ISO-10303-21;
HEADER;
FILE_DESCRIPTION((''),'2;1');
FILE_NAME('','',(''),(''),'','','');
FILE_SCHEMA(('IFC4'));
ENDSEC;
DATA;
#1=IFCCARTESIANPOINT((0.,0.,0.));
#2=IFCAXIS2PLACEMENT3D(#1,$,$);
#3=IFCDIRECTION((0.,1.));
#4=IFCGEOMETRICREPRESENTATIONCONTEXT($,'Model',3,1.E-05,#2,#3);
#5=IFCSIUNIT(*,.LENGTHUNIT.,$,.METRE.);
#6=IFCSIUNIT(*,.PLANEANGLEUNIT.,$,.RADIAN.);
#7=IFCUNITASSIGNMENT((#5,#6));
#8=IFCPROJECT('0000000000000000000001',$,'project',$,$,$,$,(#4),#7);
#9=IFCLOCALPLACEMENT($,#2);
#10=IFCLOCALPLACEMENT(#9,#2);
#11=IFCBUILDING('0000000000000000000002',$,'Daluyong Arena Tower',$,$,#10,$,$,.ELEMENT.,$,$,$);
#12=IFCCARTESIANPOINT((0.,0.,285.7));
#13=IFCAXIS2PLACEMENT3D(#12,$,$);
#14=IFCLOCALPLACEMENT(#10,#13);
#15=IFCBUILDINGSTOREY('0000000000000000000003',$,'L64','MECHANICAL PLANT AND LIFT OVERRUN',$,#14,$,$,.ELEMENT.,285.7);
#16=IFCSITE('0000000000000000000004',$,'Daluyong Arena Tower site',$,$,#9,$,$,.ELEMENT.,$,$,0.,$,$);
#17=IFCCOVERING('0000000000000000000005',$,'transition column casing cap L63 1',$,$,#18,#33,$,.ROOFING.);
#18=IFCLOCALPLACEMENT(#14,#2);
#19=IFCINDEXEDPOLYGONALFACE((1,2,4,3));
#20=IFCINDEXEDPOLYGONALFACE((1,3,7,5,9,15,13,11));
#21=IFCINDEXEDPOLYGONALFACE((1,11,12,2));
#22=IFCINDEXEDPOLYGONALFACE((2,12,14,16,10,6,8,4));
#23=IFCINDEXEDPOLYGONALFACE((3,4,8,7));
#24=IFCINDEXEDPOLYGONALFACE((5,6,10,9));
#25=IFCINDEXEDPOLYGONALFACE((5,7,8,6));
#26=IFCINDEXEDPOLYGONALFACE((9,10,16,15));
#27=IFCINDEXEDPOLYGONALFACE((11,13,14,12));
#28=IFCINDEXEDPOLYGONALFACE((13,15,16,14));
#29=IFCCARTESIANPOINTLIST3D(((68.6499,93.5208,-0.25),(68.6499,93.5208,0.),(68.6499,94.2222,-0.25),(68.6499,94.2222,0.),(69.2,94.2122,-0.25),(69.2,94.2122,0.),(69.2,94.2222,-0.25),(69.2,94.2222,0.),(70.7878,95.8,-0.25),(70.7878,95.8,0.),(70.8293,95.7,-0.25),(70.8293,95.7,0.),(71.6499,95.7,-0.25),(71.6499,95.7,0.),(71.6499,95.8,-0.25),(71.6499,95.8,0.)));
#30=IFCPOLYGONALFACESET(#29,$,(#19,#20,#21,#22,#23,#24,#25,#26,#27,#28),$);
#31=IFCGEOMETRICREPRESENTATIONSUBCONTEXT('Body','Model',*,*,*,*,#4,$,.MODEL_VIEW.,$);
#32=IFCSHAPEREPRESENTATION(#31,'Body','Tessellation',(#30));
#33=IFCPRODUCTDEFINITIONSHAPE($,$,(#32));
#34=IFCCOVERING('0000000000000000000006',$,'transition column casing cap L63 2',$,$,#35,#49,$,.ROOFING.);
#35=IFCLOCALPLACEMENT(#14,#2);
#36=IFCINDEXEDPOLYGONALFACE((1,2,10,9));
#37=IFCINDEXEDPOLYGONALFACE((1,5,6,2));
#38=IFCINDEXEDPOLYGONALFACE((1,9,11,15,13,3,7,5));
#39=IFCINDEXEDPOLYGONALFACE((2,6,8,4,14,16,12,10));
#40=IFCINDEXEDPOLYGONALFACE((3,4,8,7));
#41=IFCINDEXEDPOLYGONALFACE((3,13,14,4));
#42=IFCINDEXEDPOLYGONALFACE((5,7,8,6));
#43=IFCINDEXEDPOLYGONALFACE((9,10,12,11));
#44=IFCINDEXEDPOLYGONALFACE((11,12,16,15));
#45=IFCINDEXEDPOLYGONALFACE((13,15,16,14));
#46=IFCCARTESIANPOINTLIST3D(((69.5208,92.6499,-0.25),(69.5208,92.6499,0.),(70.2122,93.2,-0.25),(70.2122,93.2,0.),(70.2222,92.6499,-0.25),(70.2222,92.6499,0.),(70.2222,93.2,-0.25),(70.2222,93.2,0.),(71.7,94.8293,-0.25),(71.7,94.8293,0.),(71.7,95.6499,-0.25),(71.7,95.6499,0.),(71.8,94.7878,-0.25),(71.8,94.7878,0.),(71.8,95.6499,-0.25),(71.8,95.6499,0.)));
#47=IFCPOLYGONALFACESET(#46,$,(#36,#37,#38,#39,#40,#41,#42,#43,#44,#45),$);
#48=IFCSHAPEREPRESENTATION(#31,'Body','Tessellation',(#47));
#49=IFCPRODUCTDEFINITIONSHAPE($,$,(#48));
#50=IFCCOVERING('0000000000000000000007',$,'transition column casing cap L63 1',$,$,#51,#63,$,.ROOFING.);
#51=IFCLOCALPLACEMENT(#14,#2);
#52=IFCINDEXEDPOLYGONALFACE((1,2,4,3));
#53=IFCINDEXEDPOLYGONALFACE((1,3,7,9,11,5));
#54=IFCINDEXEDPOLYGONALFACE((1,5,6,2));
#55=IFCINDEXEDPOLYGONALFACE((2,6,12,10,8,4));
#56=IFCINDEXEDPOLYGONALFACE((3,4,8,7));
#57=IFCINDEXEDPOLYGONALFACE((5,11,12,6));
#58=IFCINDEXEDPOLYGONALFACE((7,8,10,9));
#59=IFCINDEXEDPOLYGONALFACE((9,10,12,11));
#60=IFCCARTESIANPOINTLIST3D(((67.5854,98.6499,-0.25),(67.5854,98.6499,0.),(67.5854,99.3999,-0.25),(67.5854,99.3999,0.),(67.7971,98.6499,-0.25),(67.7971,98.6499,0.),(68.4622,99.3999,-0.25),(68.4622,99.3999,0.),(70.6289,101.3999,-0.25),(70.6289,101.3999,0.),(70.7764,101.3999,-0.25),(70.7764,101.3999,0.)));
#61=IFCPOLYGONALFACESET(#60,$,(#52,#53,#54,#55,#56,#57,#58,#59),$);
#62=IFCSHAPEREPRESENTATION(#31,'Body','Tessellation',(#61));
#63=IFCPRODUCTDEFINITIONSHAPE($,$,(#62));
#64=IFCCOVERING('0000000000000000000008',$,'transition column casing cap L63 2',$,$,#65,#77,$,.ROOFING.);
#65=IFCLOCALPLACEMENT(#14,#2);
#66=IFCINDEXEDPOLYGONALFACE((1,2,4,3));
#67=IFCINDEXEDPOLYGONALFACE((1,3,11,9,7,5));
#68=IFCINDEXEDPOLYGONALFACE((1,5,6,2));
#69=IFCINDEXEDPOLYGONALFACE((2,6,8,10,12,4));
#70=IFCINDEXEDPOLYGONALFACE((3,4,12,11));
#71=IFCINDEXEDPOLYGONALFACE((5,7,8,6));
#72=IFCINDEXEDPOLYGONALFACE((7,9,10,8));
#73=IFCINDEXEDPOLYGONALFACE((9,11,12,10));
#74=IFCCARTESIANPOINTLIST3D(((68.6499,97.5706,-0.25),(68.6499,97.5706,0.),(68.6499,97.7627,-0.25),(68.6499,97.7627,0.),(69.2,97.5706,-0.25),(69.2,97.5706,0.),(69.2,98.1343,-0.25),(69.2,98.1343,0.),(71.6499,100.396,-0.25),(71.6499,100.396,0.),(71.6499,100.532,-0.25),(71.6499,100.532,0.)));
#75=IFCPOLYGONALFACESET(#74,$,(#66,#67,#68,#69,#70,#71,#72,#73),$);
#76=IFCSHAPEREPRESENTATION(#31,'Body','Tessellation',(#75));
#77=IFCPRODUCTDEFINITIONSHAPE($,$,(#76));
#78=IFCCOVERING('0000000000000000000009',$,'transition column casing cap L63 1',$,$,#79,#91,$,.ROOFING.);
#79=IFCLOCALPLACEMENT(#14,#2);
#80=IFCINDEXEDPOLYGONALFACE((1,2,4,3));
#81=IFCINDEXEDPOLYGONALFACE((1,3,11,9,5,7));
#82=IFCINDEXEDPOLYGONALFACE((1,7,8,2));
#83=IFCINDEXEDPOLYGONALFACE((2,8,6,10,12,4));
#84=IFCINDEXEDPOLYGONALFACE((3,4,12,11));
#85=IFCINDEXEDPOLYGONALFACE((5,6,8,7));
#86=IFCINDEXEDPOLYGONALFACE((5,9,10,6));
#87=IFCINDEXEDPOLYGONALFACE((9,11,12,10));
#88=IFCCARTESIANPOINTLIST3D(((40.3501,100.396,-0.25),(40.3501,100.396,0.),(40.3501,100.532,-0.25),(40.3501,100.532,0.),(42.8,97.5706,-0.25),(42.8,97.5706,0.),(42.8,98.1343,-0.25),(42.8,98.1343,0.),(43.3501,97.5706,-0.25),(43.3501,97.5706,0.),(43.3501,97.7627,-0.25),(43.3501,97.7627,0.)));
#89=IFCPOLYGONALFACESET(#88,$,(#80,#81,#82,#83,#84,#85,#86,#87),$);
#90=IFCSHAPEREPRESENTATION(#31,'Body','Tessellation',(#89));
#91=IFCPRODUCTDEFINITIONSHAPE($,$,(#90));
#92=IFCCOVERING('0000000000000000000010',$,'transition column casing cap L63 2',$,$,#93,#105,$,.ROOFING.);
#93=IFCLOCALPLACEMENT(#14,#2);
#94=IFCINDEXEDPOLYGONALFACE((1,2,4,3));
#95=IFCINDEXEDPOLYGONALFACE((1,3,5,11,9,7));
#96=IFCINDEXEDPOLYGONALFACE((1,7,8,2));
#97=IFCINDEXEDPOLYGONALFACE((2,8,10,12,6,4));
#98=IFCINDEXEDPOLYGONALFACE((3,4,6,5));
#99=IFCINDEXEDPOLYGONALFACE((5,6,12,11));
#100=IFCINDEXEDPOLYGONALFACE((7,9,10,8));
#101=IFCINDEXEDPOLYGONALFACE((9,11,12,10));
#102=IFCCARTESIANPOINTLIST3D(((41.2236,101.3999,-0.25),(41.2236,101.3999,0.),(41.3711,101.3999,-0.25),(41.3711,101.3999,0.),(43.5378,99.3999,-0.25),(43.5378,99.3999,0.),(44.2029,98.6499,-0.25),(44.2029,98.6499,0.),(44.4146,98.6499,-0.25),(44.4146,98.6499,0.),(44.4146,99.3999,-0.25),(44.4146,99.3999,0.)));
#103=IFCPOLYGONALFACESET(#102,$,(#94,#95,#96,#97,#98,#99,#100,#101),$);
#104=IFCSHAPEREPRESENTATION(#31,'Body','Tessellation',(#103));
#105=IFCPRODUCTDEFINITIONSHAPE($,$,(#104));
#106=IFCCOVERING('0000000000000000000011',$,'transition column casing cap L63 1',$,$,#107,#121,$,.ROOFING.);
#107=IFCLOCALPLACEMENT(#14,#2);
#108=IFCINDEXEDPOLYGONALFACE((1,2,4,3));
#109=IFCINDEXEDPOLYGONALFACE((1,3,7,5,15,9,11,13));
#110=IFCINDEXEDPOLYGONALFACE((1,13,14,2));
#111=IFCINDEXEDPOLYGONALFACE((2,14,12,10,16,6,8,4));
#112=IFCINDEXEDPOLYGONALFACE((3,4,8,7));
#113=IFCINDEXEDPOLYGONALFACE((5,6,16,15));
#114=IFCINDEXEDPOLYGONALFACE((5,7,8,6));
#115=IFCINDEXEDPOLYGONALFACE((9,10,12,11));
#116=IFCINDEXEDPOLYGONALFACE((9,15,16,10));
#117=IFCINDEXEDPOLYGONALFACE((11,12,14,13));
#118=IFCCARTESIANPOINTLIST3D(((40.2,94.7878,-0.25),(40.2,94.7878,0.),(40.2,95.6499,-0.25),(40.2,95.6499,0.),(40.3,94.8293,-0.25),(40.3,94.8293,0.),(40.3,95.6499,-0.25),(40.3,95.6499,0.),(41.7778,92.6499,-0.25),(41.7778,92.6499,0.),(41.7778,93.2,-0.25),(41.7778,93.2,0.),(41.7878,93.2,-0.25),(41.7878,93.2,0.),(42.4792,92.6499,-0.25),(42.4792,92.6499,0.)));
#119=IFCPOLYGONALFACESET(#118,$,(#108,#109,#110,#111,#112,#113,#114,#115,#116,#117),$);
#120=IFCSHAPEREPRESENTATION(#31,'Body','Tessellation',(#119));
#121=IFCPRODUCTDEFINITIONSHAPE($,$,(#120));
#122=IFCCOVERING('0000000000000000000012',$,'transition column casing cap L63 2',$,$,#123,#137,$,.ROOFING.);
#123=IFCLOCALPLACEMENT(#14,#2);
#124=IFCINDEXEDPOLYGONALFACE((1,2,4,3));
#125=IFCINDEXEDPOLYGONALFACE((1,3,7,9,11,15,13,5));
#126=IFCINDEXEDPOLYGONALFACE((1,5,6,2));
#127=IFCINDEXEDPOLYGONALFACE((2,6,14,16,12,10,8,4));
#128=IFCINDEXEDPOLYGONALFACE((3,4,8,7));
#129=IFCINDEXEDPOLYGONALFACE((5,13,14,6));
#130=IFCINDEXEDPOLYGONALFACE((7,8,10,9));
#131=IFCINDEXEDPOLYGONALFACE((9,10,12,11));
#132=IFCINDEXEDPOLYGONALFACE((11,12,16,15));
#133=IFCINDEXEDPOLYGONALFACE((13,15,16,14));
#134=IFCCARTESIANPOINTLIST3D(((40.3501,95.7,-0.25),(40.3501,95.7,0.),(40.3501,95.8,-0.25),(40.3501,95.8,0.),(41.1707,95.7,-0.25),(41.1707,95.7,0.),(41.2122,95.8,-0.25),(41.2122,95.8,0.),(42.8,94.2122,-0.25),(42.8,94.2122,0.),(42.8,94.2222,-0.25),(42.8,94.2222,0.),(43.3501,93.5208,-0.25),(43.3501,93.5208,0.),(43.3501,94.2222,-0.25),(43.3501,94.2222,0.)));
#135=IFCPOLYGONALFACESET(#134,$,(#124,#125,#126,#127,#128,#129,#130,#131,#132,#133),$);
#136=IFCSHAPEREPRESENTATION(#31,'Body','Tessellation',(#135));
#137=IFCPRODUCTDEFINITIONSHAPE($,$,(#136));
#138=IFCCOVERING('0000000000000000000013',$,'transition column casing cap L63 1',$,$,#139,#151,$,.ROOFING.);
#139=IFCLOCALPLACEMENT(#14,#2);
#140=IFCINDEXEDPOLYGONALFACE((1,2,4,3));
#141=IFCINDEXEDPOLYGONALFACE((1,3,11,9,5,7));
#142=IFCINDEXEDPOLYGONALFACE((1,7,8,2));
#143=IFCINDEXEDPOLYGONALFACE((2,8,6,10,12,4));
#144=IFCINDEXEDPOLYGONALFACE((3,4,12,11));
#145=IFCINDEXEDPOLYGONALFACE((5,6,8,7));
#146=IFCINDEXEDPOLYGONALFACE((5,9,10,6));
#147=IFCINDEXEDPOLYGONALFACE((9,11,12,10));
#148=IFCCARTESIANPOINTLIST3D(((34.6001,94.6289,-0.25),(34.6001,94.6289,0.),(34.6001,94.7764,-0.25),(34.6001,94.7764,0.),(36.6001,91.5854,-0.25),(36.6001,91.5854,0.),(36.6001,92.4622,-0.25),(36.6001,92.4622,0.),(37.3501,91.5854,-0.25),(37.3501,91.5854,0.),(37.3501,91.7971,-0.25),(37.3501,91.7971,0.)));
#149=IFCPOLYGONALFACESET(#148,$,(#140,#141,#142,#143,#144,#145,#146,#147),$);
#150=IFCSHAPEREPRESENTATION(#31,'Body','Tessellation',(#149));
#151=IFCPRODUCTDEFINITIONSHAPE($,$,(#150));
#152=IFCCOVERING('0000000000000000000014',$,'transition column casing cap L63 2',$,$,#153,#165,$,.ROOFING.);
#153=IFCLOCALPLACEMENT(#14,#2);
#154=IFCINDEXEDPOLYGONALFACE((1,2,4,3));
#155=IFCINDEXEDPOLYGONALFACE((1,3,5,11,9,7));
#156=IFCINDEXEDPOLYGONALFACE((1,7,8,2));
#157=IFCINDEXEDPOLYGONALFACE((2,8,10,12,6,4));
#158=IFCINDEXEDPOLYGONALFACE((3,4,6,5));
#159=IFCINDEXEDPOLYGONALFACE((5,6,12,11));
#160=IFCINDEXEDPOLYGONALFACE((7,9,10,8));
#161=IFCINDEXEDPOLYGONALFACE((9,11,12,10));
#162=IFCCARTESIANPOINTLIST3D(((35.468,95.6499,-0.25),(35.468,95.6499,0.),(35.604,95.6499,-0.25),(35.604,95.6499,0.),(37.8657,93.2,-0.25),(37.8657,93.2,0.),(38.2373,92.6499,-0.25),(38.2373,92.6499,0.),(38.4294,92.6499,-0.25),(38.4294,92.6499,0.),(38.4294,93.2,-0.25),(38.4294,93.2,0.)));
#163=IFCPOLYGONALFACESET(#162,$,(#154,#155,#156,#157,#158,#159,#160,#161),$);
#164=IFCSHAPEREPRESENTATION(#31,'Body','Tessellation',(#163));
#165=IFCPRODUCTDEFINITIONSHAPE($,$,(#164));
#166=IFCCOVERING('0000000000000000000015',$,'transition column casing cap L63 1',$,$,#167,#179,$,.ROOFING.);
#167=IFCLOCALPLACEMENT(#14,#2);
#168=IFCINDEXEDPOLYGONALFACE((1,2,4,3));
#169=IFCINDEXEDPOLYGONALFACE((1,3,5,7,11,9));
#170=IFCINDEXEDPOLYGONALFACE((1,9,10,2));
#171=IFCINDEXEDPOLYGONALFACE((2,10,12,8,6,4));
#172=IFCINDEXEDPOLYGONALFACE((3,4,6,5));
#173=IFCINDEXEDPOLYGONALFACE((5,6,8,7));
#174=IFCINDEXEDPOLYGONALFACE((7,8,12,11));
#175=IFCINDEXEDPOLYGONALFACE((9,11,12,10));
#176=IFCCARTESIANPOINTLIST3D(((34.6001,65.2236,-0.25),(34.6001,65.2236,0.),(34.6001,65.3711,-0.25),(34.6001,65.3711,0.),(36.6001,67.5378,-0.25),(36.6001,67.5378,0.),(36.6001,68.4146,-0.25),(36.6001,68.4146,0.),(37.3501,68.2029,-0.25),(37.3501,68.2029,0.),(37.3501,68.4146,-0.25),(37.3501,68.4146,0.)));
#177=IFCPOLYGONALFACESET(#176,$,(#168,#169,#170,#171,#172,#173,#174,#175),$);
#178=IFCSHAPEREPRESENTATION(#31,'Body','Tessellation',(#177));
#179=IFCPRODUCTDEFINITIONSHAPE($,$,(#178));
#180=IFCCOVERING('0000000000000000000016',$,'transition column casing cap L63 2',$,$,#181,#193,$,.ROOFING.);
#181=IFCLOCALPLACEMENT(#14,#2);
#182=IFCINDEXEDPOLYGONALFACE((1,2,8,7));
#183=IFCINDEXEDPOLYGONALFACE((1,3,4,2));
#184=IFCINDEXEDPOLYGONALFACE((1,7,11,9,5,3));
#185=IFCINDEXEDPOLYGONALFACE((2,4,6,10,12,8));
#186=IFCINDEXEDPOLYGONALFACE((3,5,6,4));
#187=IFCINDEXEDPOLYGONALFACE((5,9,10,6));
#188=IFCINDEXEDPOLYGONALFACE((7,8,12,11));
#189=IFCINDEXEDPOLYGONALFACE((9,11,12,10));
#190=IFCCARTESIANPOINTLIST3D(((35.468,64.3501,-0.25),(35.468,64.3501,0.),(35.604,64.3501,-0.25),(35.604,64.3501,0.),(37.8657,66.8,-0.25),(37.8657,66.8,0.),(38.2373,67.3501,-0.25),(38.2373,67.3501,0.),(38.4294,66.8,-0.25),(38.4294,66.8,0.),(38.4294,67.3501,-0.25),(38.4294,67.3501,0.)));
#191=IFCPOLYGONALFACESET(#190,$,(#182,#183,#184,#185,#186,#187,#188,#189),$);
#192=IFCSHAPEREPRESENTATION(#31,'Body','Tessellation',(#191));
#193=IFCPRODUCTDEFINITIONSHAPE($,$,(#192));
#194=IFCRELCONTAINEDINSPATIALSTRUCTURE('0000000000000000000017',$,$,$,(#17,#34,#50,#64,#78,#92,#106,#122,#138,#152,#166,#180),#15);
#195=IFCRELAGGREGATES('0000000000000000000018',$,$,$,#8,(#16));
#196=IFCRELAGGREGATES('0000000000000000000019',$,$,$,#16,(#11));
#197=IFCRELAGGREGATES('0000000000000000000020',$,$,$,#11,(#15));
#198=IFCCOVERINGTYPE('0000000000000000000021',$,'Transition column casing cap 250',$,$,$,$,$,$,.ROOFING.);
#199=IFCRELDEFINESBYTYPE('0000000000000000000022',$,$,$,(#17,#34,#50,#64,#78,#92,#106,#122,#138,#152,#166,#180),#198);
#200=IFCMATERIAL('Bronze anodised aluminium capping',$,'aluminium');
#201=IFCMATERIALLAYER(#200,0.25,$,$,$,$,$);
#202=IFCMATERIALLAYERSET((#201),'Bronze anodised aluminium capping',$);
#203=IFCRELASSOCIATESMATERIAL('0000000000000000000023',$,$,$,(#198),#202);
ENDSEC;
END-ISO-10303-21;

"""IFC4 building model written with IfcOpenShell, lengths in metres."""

from ifc_helpers import new_model, si_unit, direction, frame, origin, place, context, subcontext, project, spatial, polyline, outline, extrude, material, layer, layer_set, type_object, element, save


model = new_model("IFC4")

# Units and contexts
model_context = context("Model", 3, precision=1e-05, world=origin(), true_north=direction((0.0, 1.0)))
body_context = subcontext(model_context, "Body", "Model", "MODEL_VIEW")
ifc_project = project(units=[si_unit("LENGTHUNIT", "METRE"), si_unit("PLANEANGLEUNIT", "RADIAN")], contexts=[model_context])

# Site, building, storey
site_placement = place(None, origin())
site = spatial("IfcSite", under=ifc_project, at=site_placement, Name="Daluyong Arena Tower site", CompositionType="ELEMENT", RefElevation=0.0)
building_placement = place(site_placement, origin())
building = spatial("IfcBuilding", under=site, at=building_placement, Name="Daluyong Arena Tower", CompositionType="ELEMENT")
storey_placement = place(building_placement, frame((0.0, 0.0, 285.7)))
storey = spatial("IfcBuildingStorey", under=building, at=storey_placement, Name="L64", Description="MECHANICAL PLANT AND LIFT OVERRUN", CompositionType="ELEMENT", Elevation=285.7)

# Coverings
ifc_material_1 = material(Name="Bronze anodised aluminium capping", Category="aluminium")
ifc_layer_1 = layer(ifc_material_1, 0.25)
ifc_layer_set_1 = layer_set([ifc_layer_1], Name="Bronze anodised aluminium capping")
covering_type = type_object("IfcCoveringType", Name="Transition column casing cap 250", PredefinedType="ROOFING", material=ifc_layer_set_1)
covering_1_placement = place(storey_placement, frame((0.0, 0.0, -0.25)))
element("IfcCovering", 1, at=covering_1_placement, inside=storey, type_object=covering_type, Name="transition column casing cap L63 1", PredefinedType="ROOFING", context=body_context, shape_type="SweptSolid", body=[
    extrude(outline(polyline([(69.2, 94.2222), (69.2, 94.2122), (70.7878, 95.8), (71.6499, 95.8), (71.6499, 95.7), (70.8293, 95.7), (68.6499, 93.5208), (68.6499, 94.2222), (69.2, 94.2222)])), origin(), (0.0, 0.0, 1.0), 0.25),
])
covering_2_placement = place(storey_placement, frame((0.0, 0.0, -0.25)))
element("IfcCovering", 2, at=covering_2_placement, inside=storey, type_object=covering_type, Name="transition column casing cap L63 2", PredefinedType="ROOFING", context=body_context, shape_type="SweptSolid", body=[
    extrude(outline(polyline([(70.2122, 93.2), (70.2222, 93.2), (70.2222, 92.6499), (69.5208, 92.6499), (71.7, 94.8293), (71.7, 95.6499), (71.8, 95.6499), (71.8, 94.7878), (70.2122, 93.2)])), origin(), (0.0, 0.0, 1.0), 0.25),
])
covering_3_placement = place(storey_placement, frame((0.0, 0.0, -0.25)))
element("IfcCovering", 3, at=covering_3_placement, inside=storey, type_object=covering_type, Name="transition column casing cap L63 1", PredefinedType="ROOFING", context=body_context, shape_type="SweptSolid", body=[
    extrude(outline(polyline([(67.5854, 99.3999), (68.4622, 99.3999), (70.6289, 101.3999), (70.7764, 101.3999), (67.7971, 98.6499), (67.5854, 98.6499), (67.5854, 99.3999)])), origin(), (0.0, 0.0, 1.0), 0.25),
])
covering_4_placement = place(storey_placement, frame((0.0, 0.0, -0.25)))
element("IfcCovering", 4, at=covering_4_placement, inside=storey, type_object=covering_type, Name="transition column casing cap L63 2", PredefinedType="ROOFING", context=body_context, shape_type="SweptSolid", body=[
    extrude(outline(polyline([(69.2, 97.5706), (68.6499, 97.5706), (68.6499, 97.7627), (71.6499, 100.532), (71.6499, 100.396), (69.2, 98.1343), (69.2, 97.5706)])), origin(), (0.0, 0.0, 1.0), 0.25),
])
covering_5_placement = place(storey_placement, frame((0.0, 0.0, -0.25)))
element("IfcCovering", 5, at=covering_5_placement, inside=storey, type_object=covering_type, Name="transition column casing cap L63 1", PredefinedType="ROOFING", context=body_context, shape_type="SweptSolid", body=[
    extrude(outline(polyline([(42.8, 97.5706), (42.8, 98.1343), (40.3501, 100.396), (40.3501, 100.532), (43.3501, 97.7627), (43.3501, 97.5706), (42.8, 97.5706)])), origin(), (0.0, 0.0, 1.0), 0.25),
])
covering_6_placement = place(storey_placement, frame((0.0, 0.0, -0.25)))
element("IfcCovering", 6, at=covering_6_placement, inside=storey, type_object=covering_type, Name="transition column casing cap L63 2", PredefinedType="ROOFING", context=body_context, shape_type="SweptSolid", body=[
    extrude(outline(polyline([(44.4146, 99.3999), (44.4146, 98.6499), (44.2029, 98.6499), (41.2236, 101.3999), (41.3711, 101.3999), (43.5378, 99.3999), (44.4146, 99.3999)])), origin(), (0.0, 0.0, 1.0), 0.25),
])
covering_7_placement = place(storey_placement, frame((0.0, 0.0, -0.25)))
element("IfcCovering", 7, at=covering_7_placement, inside=storey, type_object=covering_type, Name="transition column casing cap L63 1", PredefinedType="ROOFING", context=body_context, shape_type="SweptSolid", body=[
    extrude(outline(polyline([(40.2, 94.7878), (40.2, 95.6499), (40.3, 95.6499), (40.3, 94.8293), (42.4792, 92.6499), (41.7778, 92.6499), (41.7778, 93.2), (41.7878, 93.2), (40.2, 94.7878)])), origin(), (0.0, 0.0, 1.0), 0.25),
])
covering_8_placement = place(storey_placement, frame((0.0, 0.0, -0.25)))
element("IfcCovering", 8, at=covering_8_placement, inside=storey, type_object=covering_type, Name="transition column casing cap L63 2", PredefinedType="ROOFING", context=body_context, shape_type="SweptSolid", body=[
    extrude(outline(polyline([(42.8, 94.2122), (42.8, 94.2222), (43.3501, 94.2222), (43.3501, 93.5208), (41.1707, 95.7), (40.3501, 95.7), (40.3501, 95.8), (41.2122, 95.8), (42.8, 94.2122)])), origin(), (0.0, 0.0, 1.0), 0.25),
])
covering_9_placement = place(storey_placement, frame((0.0, 0.0, -0.25)))
element("IfcCovering", 9, at=covering_9_placement, inside=storey, type_object=covering_type, Name="transition column casing cap L63 1", PredefinedType="ROOFING", context=body_context, shape_type="SweptSolid", body=[
    extrude(outline(polyline([(36.6001, 91.5854), (36.6001, 92.4622), (34.6001, 94.6289), (34.6001, 94.7764), (37.3501, 91.7971), (37.3501, 91.5854), (36.6001, 91.5854)])), origin(), (0.0, 0.0, 1.0), 0.25),
])
covering_10_placement = place(storey_placement, frame((0.0, 0.0, -0.25)))
element("IfcCovering", 10, at=covering_10_placement, inside=storey, type_object=covering_type, Name="transition column casing cap L63 2", PredefinedType="ROOFING", context=body_context, shape_type="SweptSolid", body=[
    extrude(outline(polyline([(38.4294, 93.2), (38.4294, 92.6499), (38.2373, 92.6499), (35.468, 95.6499), (35.604, 95.6499), (37.8657, 93.2), (38.4294, 93.2)])), origin(), (0.0, 0.0, 1.0), 0.25),
])
covering_11_placement = place(storey_placement, frame((0.0, 0.0, -0.25)))
element("IfcCovering", 11, at=covering_11_placement, inside=storey, type_object=covering_type, Name="transition column casing cap L63 1", PredefinedType="ROOFING", context=body_context, shape_type="SweptSolid", body=[
    extrude(outline(polyline([(37.3501, 68.4146), (37.3501, 68.2029), (34.6001, 65.2236), (34.6001, 65.3711), (36.6001, 67.5378), (36.6001, 68.4146), (37.3501, 68.4146)])), origin(), (0.0, 0.0, 1.0), 0.25),
])
covering_12_placement = place(storey_placement, frame((0.0, 0.0, -0.25)))
element("IfcCovering", 12, at=covering_12_placement, inside=storey, type_object=covering_type, Name="transition column casing cap L63 2", PredefinedType="ROOFING", context=body_context, shape_type="SweptSolid", body=[
    extrude(outline(polyline([(38.4294, 66.8), (37.8657, 66.8), (35.604, 64.3501), (35.468, 64.3501), (38.2373, 67.3501), (38.4294, 67.3501), (38.4294, 66.8)])), origin(), (0.0, 0.0, 1.0), 0.25),
])

save(model, "model.ifc")
